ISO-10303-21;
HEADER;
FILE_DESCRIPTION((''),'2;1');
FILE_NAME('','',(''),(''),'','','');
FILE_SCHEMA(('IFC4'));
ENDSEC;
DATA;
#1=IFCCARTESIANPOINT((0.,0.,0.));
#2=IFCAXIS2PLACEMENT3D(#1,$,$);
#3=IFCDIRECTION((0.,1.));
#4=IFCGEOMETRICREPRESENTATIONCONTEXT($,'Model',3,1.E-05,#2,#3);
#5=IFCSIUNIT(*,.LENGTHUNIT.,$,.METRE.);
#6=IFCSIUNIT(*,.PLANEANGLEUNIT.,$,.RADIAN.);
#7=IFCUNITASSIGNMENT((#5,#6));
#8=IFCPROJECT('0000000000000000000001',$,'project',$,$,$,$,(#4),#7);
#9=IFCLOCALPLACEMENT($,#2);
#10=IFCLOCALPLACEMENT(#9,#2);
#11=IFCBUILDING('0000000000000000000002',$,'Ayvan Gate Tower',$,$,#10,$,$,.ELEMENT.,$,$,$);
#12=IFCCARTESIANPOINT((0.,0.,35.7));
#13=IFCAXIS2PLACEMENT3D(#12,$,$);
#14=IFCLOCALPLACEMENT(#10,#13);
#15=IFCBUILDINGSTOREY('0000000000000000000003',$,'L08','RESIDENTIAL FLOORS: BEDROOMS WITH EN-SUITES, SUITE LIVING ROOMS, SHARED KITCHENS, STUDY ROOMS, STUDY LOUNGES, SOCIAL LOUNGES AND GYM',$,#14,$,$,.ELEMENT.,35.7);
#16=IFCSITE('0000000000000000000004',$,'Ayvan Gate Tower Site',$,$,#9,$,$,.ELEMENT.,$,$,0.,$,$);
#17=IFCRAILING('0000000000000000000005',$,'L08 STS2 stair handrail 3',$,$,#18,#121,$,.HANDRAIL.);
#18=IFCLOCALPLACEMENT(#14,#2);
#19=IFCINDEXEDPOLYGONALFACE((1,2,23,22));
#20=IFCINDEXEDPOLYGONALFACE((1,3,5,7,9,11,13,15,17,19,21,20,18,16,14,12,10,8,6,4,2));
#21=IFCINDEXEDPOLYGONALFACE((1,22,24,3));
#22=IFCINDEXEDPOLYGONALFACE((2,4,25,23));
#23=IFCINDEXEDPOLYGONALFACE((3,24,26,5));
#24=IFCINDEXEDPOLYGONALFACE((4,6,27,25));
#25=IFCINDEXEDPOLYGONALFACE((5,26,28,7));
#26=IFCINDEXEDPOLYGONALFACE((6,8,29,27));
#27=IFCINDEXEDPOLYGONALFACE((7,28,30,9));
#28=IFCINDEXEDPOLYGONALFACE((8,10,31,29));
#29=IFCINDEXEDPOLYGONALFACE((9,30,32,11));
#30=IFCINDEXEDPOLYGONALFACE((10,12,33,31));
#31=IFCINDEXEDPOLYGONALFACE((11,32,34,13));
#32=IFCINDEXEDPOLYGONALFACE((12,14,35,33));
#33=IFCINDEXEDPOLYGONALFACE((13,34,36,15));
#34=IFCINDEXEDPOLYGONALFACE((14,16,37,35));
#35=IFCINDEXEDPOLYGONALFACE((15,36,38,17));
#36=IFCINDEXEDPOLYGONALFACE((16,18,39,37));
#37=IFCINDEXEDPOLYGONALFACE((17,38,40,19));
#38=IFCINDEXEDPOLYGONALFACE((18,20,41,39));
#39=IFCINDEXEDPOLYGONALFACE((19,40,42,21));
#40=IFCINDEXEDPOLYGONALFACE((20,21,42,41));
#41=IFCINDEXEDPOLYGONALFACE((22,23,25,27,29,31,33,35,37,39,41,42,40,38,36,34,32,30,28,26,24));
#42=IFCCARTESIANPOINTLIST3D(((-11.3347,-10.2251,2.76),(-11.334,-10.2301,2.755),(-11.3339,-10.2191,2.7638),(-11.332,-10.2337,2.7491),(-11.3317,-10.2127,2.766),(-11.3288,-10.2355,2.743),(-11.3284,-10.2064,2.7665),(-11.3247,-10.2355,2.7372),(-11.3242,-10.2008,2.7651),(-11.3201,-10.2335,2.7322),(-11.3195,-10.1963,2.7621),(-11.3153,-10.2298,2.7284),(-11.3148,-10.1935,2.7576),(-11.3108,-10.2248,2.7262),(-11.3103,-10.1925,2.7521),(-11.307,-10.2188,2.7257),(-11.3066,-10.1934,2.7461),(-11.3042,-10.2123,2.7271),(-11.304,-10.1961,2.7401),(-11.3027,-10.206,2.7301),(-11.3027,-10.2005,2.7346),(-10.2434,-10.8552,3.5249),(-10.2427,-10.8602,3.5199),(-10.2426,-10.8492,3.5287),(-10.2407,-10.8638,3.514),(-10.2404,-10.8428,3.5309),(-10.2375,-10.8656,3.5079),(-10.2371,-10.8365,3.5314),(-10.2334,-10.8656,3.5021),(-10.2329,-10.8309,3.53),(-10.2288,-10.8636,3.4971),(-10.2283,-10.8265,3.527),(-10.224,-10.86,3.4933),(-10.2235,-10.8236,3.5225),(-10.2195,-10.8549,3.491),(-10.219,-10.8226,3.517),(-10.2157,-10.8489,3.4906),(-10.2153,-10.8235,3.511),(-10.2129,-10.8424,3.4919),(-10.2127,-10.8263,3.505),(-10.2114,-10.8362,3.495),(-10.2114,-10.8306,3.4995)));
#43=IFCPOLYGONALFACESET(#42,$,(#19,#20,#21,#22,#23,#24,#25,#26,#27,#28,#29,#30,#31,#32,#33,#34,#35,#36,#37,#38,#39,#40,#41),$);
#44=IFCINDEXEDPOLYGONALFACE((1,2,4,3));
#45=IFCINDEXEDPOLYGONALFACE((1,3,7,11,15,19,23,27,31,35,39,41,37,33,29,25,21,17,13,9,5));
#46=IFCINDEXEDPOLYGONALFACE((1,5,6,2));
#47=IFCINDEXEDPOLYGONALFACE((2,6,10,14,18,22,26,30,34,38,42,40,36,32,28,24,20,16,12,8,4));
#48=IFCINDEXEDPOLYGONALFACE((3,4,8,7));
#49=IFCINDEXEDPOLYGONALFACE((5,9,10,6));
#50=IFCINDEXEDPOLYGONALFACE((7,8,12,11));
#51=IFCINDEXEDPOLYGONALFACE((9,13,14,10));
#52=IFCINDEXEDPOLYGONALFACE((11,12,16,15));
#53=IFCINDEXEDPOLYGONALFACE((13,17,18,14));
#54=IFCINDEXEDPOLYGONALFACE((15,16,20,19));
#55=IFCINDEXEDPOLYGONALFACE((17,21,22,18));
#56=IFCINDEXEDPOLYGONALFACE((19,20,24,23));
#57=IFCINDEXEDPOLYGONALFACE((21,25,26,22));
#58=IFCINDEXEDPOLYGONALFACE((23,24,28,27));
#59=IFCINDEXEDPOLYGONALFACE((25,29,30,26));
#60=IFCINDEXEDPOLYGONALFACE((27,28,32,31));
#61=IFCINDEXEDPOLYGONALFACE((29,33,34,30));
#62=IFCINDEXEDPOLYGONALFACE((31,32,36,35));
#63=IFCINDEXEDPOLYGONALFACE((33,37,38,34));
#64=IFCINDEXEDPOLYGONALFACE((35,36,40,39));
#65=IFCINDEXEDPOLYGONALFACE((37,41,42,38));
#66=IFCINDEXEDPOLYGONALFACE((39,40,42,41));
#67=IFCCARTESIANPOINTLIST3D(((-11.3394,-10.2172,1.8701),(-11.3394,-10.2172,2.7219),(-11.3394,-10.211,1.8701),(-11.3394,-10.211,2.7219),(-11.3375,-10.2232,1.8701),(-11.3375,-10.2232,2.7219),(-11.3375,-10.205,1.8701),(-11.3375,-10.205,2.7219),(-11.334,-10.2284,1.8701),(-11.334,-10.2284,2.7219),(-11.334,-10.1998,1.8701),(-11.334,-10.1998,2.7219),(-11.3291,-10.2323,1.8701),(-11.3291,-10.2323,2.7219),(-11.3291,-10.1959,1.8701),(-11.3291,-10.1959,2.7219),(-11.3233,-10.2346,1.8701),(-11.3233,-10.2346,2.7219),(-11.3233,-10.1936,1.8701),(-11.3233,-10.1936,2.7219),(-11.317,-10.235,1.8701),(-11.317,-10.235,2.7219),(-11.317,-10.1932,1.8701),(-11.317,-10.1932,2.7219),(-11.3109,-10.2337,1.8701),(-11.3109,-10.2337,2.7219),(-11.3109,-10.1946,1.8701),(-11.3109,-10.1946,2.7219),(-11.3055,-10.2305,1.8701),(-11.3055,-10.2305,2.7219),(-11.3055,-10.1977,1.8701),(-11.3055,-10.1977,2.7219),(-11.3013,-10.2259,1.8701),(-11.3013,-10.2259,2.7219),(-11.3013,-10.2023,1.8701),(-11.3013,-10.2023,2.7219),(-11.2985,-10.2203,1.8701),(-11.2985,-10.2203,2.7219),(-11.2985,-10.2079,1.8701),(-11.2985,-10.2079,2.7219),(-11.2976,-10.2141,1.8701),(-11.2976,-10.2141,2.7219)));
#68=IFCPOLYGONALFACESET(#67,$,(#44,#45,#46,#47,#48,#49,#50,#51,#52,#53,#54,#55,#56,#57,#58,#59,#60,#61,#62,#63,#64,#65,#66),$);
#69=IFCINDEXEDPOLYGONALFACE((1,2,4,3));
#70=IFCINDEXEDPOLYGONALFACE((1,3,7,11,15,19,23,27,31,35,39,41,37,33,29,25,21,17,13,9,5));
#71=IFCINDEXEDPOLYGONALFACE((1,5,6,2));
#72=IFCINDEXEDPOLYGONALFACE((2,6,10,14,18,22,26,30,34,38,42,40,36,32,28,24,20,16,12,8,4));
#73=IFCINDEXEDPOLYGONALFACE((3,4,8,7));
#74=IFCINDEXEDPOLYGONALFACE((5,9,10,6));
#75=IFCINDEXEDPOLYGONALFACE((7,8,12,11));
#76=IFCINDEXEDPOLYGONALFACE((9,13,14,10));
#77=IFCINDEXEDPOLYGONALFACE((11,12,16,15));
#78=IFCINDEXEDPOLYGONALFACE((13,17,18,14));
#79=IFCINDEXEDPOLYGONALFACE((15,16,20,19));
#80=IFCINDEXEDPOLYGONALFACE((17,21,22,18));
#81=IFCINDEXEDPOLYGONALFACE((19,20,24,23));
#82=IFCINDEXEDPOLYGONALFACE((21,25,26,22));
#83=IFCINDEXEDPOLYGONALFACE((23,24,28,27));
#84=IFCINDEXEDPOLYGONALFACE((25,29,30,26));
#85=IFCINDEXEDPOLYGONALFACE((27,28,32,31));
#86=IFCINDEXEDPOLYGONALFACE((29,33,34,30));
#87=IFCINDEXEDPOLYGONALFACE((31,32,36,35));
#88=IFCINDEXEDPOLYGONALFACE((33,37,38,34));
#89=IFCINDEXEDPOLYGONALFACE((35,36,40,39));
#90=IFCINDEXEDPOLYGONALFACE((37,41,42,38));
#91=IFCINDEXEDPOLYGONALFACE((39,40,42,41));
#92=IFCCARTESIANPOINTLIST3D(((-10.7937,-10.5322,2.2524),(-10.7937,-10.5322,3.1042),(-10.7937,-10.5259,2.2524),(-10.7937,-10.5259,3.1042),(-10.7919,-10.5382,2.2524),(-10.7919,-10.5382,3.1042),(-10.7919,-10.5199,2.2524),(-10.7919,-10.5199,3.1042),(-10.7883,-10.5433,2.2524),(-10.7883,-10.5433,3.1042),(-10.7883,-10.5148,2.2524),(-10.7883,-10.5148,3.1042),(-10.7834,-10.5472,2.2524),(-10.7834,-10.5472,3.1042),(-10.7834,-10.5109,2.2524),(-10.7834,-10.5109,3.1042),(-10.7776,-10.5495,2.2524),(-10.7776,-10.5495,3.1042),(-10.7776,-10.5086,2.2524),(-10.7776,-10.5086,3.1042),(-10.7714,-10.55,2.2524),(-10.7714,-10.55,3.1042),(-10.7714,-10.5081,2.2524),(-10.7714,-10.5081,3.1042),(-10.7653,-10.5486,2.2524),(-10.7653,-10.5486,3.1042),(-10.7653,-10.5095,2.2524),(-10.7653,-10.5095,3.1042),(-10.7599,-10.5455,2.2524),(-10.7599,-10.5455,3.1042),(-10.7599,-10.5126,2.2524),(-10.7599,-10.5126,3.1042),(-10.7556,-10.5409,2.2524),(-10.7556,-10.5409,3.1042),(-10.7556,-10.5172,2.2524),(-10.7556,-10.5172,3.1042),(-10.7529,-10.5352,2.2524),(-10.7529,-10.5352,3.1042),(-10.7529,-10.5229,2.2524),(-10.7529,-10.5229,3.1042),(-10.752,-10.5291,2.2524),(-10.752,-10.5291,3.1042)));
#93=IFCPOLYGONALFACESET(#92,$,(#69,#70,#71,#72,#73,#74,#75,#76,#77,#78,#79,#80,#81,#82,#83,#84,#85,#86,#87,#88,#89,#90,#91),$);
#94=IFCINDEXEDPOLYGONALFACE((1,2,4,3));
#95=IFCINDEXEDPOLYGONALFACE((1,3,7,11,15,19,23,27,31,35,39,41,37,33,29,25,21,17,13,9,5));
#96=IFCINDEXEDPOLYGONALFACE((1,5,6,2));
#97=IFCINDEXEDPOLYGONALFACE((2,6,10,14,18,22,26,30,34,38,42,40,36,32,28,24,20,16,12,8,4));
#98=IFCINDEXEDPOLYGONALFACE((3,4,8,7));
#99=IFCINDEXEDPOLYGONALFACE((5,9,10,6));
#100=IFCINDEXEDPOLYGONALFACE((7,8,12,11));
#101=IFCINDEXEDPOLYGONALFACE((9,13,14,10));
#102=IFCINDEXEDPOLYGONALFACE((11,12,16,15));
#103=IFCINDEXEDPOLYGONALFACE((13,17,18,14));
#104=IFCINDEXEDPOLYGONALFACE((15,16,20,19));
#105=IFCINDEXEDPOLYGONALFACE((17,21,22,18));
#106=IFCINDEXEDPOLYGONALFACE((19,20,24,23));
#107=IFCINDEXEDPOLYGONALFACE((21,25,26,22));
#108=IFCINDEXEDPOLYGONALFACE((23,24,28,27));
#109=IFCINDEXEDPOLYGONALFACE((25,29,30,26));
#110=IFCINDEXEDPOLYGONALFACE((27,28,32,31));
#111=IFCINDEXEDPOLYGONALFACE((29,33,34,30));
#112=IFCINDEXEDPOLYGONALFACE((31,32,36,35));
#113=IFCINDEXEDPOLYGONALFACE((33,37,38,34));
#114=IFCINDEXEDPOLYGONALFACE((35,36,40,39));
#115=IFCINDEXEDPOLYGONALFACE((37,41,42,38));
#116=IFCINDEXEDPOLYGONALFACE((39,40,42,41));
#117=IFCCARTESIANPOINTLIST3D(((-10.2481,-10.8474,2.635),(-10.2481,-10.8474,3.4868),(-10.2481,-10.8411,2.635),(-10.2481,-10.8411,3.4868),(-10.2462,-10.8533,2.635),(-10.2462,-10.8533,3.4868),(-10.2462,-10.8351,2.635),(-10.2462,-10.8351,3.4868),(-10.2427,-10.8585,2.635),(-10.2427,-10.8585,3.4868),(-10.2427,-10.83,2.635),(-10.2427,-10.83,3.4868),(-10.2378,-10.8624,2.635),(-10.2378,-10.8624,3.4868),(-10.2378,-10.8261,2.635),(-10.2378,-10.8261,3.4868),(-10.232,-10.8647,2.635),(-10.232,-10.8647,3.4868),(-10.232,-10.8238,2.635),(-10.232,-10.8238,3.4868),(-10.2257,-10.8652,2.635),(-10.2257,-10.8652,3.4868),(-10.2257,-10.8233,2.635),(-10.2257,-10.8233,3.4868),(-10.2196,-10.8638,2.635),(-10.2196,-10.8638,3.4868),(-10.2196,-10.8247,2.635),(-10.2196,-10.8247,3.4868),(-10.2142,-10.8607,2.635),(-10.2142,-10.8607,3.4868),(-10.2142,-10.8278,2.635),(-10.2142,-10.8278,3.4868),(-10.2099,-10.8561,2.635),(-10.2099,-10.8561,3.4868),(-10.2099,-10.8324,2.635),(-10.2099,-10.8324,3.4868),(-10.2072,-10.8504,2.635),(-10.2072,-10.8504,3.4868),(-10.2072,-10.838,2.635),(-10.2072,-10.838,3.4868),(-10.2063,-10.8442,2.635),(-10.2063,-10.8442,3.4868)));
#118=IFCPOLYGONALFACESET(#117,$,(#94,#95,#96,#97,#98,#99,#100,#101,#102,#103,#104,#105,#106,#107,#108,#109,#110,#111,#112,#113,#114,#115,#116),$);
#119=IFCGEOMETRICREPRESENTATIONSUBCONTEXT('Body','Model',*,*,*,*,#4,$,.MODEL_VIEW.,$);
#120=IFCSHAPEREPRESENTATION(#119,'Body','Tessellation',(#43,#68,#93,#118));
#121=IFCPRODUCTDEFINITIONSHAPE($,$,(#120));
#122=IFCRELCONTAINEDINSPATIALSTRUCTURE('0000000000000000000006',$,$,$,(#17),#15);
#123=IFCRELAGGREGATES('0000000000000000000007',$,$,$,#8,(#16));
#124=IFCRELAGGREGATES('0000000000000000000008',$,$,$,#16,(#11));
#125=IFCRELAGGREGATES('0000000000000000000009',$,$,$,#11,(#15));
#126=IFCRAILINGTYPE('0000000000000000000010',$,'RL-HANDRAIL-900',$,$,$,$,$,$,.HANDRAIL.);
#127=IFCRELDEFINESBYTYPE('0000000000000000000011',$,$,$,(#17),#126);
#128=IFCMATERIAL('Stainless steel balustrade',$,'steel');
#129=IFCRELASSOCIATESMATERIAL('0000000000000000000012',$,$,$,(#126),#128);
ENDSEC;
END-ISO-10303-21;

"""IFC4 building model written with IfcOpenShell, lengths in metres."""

from ifc_helpers import new_model, si_unit, direction, frame, origin, origin_2d, place, context, subcontext, project, spatial, circle, extrude, material, type_object, element, save


model = new_model("IFC4")

# Units and contexts
model_context = context("Model", 3, precision=1e-05, world=origin(), true_north=direction((0.0, 1.0)))
body_context = subcontext(model_context, "Body", "Model", "MODEL_VIEW")
ifc_project = project(units=[si_unit("LENGTHUNIT", "METRE"), si_unit("PLANEANGLEUNIT", "RADIAN")], contexts=[model_context])

# Site, building, storey
site_placement = place(None, origin())
site = spatial("IfcSite", under=ifc_project, at=site_placement, Name="Ayvan Gate Tower Site", CompositionType="ELEMENT", RefElevation=0.0)
building_placement = place(site_placement, origin())
building = spatial("IfcBuilding", under=site, at=building_placement, Name="Ayvan Gate Tower", CompositionType="ELEMENT")
storey_placement = place(building_placement, frame((0.0, 0.0, 35.7)))
storey = spatial("IfcBuildingStorey", under=building, at=storey_placement, Name="L08", Description="RESIDENTIAL FLOORS: BEDROOMS WITH EN-SUITES, SUITE LIVING ROOMS, SHARED KITCHENS, STUDY ROOMS, STUDY LOUNGES, SOCIAL LOUNGES AND GYM", CompositionType="ELEMENT", Elevation=35.7)

# Railing
ifc_material_1 = material(Name="Stainless steel balustrade", Category="steel")
railing_type_1 = type_object("IfcRailingType", Name="RL-HANDRAIL-900", PredefinedType="HANDRAIL", material=ifc_material_1)
railing_1_placement = place(storey_placement, frame((-11.3186, -10.2141, 1.8701)))
element("IfcRailing", 1, at=railing_1_placement, inside=storey, type_object=railing_type_1, Name="L08 STS2 stair handrail 3", PredefinedType="HANDRAIL", context=body_context, shape_type="SweptSolid", body=[
    extrude(circle(Radius=0.0239, at=origin_2d()), frame((0.0, 0.0, 0.876), z_axis=(0.740304, -0.427455, 0.518875), x_axis=(0.500035, 0.866005, 0.0)), (0.0, 0.0, 1.0), 1.4741),
    extrude(circle(Radius=0.021, at=origin_2d()), origin(), (0.0, 0.0, 1.0), 0.8518),
    extrude(circle(Radius=0.021, at=origin_2d()), frame((0.5457, -0.3149, 0.3823)), (0.0, 0.0, 1.0), 0.8518),
    extrude(circle(Radius=0.021, at=origin_2d()), frame((1.0913, -0.6301, 0.7649)), (0.0, 0.0, 1.0), 0.8518),
])

save(model, "model.ifc")
